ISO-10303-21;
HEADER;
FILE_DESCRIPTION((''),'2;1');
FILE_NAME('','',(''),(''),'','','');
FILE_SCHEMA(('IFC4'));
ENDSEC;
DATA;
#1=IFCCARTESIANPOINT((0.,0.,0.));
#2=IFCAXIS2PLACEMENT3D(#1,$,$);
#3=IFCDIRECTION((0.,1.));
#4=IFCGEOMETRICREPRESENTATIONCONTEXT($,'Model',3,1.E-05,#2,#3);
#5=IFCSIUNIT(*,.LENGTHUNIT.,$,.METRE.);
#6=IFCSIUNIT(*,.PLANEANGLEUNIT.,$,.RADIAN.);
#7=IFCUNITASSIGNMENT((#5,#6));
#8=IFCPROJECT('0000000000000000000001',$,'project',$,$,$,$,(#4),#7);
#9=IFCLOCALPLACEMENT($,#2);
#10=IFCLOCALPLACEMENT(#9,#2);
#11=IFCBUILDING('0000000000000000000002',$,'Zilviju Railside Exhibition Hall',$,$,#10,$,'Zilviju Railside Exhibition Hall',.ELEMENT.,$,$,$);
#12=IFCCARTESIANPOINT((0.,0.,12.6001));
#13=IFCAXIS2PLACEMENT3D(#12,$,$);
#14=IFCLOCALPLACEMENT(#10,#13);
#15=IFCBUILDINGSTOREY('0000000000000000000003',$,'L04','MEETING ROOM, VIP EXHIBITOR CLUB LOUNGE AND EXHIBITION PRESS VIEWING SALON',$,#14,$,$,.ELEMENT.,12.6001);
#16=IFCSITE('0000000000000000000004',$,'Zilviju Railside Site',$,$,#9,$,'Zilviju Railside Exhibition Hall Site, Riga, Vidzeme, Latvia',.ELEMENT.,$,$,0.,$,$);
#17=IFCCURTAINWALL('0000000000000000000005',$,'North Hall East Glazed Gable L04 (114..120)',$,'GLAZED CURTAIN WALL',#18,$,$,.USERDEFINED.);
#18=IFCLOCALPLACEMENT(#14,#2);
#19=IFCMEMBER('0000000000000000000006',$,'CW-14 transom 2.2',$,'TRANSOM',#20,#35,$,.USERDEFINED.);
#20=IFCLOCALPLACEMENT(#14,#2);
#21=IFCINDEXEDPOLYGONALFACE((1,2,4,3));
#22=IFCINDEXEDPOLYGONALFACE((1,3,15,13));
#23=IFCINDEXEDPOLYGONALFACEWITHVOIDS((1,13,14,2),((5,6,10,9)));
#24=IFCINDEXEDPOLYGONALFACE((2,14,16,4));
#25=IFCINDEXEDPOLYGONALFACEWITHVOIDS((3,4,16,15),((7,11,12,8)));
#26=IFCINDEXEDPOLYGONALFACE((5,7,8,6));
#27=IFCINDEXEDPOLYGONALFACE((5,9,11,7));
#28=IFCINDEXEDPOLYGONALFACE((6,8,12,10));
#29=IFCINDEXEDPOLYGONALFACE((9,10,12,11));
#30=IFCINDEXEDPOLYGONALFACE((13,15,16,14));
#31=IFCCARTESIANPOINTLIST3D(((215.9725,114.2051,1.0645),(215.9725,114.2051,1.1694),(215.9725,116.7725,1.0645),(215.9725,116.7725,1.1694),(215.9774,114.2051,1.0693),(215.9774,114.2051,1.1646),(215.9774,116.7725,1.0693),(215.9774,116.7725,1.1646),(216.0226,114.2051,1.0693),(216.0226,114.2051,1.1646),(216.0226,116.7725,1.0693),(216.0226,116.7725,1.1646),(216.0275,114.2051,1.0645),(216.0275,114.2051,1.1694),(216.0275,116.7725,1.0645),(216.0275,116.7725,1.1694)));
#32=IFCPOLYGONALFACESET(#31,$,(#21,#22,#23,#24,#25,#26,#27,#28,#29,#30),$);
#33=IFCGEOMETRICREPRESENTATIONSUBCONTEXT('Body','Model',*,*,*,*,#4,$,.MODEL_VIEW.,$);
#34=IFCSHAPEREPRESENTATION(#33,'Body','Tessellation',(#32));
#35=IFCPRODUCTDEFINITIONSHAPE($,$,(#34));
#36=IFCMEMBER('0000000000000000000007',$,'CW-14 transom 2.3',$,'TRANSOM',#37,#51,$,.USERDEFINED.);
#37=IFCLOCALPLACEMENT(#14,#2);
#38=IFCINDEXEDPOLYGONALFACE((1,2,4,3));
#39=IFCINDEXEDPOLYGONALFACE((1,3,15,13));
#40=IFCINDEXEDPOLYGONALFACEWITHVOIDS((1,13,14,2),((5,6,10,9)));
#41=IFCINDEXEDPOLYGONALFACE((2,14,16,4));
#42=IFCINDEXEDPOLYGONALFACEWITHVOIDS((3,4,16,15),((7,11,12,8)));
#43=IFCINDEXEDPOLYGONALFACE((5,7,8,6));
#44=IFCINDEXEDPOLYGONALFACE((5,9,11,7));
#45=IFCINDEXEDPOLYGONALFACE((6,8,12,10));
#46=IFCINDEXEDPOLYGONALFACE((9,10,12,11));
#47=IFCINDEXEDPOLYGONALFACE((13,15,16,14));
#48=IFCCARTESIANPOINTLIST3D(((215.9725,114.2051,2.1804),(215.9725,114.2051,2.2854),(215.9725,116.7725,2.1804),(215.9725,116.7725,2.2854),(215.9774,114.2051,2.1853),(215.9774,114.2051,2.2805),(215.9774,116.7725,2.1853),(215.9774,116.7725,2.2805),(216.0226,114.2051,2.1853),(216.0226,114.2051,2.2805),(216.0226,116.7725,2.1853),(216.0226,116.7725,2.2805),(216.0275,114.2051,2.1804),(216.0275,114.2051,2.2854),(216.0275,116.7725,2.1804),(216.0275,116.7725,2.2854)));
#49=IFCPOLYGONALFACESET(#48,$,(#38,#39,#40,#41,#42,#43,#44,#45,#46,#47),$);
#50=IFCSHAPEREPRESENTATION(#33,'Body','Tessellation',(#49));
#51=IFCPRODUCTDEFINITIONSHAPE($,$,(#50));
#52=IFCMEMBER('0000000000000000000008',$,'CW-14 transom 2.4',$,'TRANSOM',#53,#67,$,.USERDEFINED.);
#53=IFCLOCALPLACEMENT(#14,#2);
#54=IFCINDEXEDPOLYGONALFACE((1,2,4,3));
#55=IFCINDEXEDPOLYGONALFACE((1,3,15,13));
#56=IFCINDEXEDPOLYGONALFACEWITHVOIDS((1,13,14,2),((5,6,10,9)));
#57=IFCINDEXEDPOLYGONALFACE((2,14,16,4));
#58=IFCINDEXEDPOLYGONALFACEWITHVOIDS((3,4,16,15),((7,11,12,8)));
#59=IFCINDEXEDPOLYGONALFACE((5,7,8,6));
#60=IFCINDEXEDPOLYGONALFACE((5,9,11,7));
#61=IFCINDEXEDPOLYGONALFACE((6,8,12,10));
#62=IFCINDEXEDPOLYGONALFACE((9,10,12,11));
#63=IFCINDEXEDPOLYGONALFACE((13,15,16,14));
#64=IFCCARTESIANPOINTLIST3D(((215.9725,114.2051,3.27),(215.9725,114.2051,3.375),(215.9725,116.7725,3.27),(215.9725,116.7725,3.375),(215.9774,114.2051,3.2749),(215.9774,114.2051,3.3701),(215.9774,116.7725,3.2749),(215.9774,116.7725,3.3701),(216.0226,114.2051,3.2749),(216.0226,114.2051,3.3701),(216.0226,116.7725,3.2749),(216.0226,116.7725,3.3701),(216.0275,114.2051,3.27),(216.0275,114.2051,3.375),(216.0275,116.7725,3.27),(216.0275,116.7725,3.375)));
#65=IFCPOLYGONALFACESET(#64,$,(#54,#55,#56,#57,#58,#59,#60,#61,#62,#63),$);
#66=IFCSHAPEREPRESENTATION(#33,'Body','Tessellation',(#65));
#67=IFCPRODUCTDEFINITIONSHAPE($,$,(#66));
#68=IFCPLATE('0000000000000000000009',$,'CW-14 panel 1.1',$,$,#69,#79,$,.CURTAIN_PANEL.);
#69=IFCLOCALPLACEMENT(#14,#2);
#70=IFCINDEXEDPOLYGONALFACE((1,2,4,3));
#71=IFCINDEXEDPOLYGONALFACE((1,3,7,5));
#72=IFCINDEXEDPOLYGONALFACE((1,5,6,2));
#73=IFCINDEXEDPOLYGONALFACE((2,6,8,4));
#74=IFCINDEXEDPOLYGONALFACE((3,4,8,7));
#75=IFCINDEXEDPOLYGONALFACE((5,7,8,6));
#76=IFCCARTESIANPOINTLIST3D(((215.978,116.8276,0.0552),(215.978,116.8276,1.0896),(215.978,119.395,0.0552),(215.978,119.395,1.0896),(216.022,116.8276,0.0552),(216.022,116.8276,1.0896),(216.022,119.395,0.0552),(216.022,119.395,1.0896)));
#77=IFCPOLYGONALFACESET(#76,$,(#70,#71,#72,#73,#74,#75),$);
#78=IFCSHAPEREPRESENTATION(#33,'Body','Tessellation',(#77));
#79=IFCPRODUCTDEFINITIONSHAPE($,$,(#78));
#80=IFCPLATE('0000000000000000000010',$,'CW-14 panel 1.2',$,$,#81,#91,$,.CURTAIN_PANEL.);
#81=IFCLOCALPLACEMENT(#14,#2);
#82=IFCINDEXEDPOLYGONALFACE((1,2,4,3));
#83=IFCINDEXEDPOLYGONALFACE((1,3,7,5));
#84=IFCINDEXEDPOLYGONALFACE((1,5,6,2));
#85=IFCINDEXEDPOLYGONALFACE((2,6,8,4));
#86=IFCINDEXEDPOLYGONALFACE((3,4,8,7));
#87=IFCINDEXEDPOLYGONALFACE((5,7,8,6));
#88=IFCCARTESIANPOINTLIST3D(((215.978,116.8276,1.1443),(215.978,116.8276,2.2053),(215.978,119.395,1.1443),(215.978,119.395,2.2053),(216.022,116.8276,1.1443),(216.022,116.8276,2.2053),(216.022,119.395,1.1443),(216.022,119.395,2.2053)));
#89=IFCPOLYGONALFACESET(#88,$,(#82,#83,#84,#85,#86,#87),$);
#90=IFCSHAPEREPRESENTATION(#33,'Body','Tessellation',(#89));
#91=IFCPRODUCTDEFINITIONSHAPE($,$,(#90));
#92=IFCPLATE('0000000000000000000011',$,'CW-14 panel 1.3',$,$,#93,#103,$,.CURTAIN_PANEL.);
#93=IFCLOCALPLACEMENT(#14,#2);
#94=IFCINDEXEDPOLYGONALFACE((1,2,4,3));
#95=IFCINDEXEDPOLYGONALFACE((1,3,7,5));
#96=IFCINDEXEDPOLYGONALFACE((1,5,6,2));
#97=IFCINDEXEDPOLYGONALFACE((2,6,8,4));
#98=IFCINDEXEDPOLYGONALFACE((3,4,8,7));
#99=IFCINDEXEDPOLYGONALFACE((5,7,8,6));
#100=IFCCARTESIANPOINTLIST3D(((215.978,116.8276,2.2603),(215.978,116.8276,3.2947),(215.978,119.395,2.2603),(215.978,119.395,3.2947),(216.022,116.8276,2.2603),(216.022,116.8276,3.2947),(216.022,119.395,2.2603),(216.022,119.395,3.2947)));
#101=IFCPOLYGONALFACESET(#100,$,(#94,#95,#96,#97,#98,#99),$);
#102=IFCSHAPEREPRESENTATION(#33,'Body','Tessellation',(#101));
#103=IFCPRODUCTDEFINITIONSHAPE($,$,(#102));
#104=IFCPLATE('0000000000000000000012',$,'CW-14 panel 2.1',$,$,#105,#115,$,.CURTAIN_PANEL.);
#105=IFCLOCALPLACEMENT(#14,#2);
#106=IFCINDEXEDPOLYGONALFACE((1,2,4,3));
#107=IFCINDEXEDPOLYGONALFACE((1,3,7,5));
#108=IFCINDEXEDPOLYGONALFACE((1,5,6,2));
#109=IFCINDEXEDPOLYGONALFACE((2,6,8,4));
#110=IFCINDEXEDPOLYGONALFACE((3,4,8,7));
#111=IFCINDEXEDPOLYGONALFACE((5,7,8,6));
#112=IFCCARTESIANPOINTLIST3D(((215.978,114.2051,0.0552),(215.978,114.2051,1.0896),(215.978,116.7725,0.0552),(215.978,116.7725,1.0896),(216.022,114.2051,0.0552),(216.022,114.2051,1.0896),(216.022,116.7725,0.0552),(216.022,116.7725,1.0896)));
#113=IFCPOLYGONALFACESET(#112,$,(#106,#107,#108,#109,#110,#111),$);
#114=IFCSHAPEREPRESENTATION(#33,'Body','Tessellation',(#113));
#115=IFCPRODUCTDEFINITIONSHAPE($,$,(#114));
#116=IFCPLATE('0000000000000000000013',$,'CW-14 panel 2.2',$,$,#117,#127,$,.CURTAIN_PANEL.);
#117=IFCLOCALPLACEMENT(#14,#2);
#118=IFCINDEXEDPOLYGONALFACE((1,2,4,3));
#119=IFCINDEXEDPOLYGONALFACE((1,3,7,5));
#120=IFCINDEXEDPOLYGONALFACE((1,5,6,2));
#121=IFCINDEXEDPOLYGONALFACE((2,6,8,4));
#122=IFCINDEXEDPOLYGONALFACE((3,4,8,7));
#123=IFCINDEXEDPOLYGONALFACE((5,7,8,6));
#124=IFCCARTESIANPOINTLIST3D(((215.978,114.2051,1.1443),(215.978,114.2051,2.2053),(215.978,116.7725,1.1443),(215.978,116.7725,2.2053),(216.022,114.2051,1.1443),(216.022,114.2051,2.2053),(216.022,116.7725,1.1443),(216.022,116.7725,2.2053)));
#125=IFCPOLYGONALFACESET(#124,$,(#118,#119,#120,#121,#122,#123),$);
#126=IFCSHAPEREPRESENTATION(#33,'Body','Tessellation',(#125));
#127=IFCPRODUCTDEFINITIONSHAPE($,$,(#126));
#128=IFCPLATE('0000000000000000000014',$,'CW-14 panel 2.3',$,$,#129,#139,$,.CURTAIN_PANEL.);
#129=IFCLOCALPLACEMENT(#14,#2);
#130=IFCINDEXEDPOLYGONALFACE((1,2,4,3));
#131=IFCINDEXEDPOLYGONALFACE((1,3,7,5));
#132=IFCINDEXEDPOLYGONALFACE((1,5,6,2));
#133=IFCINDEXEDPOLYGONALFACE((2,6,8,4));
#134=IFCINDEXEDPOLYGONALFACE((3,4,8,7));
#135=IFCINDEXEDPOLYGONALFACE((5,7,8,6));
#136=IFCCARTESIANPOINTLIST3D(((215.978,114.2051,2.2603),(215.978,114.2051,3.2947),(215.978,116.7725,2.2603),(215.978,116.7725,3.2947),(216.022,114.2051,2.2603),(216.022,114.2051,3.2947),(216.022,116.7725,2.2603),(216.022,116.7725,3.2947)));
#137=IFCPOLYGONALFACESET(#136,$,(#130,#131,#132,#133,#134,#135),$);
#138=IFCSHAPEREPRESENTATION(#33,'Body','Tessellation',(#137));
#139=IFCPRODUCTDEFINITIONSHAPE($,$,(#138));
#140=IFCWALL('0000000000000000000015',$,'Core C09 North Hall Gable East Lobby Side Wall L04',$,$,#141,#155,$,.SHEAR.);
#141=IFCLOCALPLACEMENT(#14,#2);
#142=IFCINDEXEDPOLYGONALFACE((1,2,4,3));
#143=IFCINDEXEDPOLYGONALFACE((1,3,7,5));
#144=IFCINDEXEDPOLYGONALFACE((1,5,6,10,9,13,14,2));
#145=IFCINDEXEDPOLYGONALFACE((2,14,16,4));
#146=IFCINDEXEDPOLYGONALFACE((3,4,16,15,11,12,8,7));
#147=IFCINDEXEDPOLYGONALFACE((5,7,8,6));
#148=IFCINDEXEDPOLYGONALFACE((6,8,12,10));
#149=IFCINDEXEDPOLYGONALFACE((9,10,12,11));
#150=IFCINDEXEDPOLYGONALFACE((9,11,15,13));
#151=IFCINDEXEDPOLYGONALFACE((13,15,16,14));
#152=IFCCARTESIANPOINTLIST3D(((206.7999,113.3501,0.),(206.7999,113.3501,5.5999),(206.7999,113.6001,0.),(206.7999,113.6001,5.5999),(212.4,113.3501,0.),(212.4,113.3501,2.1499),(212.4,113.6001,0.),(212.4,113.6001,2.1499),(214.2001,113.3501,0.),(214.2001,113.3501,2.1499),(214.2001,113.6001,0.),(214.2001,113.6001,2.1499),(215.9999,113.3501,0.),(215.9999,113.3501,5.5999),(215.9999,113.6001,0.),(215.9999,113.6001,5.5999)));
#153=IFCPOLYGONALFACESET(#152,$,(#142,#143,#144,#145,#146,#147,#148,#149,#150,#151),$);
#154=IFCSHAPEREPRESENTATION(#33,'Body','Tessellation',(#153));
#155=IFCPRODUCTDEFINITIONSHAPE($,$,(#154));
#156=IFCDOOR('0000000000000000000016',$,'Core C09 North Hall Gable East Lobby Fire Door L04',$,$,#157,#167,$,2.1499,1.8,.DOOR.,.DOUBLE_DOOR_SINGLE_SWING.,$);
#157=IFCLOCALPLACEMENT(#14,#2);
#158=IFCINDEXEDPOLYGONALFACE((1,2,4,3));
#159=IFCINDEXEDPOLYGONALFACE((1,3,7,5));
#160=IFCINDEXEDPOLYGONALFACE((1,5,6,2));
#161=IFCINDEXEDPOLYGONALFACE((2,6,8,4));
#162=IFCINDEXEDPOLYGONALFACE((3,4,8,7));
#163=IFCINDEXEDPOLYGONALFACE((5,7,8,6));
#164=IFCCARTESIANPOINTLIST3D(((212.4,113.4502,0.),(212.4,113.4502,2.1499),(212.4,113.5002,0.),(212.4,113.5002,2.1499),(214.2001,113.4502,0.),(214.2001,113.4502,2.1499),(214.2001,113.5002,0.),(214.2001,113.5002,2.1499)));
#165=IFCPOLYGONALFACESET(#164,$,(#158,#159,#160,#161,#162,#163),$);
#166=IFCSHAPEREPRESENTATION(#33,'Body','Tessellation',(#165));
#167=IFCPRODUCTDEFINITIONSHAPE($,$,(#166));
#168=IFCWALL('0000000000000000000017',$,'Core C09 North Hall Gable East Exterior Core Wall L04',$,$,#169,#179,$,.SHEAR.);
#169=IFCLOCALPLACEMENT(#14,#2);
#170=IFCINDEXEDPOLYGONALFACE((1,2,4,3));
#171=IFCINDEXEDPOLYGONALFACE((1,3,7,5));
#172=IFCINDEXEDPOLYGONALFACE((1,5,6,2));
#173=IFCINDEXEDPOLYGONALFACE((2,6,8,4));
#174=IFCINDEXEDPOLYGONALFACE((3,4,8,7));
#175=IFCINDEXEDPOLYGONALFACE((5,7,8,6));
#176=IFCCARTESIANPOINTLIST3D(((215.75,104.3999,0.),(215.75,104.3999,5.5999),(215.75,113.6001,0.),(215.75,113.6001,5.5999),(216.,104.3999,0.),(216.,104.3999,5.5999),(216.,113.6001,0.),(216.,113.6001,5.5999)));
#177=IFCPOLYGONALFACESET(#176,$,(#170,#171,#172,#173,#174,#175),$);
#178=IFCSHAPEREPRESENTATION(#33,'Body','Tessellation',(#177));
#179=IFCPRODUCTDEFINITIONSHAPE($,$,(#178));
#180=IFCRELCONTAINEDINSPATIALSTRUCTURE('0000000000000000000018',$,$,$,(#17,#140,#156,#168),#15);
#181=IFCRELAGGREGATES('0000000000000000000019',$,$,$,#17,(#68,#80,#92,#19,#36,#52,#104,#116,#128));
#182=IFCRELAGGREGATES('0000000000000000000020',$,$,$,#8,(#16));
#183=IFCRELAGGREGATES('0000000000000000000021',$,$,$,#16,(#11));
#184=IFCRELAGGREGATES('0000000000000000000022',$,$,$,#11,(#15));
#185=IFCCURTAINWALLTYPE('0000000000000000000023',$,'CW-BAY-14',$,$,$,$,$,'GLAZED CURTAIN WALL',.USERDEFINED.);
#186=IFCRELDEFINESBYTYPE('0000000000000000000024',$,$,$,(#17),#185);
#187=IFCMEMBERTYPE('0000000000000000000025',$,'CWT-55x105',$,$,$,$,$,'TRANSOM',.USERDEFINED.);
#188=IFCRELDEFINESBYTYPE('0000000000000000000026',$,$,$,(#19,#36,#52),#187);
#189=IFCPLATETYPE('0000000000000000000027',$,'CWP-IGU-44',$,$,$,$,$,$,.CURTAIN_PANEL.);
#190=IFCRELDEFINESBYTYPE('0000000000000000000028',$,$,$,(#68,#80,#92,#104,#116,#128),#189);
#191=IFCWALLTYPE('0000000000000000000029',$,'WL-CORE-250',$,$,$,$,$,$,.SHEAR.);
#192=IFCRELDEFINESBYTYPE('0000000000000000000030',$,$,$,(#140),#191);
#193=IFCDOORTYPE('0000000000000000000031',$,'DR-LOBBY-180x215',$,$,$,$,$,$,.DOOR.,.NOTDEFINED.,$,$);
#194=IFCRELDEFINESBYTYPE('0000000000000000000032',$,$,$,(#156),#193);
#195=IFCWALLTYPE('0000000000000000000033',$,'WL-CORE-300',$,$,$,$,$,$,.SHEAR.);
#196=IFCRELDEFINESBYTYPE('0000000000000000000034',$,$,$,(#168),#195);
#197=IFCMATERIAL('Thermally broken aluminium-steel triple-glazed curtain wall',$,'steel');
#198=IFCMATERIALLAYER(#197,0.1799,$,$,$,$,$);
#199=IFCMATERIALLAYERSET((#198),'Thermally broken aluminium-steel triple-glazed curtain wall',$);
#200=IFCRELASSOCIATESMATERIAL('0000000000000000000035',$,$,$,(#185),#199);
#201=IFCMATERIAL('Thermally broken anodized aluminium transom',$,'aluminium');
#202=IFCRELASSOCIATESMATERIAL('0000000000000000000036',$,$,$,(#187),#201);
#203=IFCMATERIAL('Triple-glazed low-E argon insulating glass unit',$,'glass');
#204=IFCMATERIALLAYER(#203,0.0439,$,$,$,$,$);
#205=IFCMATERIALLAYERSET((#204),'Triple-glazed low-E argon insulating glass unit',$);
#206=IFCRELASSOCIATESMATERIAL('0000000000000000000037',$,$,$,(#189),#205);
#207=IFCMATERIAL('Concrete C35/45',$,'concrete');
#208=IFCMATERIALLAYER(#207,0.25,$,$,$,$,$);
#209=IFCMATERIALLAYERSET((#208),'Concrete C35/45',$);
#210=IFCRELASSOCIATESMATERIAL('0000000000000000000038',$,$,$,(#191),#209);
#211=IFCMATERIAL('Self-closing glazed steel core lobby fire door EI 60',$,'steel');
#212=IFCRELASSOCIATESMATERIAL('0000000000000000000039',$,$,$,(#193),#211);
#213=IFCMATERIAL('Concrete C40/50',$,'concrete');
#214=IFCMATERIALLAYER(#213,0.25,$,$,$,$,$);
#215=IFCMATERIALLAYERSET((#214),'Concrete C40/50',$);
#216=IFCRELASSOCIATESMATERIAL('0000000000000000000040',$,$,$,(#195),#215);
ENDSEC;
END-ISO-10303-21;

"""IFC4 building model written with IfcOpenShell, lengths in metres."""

from ifc_helpers import new_model, si_unit, direction, frame, frame_2d, origin, origin_2d, place, context, subcontext, project, spatial, rectangle, hollow_rectangle, extrude, material, layer, layer_set, material_profile, profile_set, type_object, element, fill, aggregate, save


model = new_model("IFC4")

# Units and contexts
model_context = context("Model", 3, precision=1e-05, world=origin(), true_north=direction((0.0, 1.0)))
body_context = subcontext(model_context, "Body", "Model", "MODEL_VIEW")
ifc_project = project(units=[si_unit("LENGTHUNIT", "METRE"), si_unit("PLANEANGLEUNIT", "RADIAN")], contexts=[model_context])

# Site, building, storey
site_placement = place(None, origin())
site = spatial("IfcSite", under=ifc_project, at=site_placement, Name="Zilviju Railside Site", LongName="Zilviju Railside Exhibition Hall Site, Riga, Vidzeme, Latvia", CompositionType="ELEMENT", RefElevation=0.0)
building_placement = place(site_placement, origin())
building = spatial("IfcBuilding", under=site, at=building_placement, Name="Zilviju Railside Exhibition Hall", LongName="Zilviju Railside Exhibition Hall", CompositionType="ELEMENT")
storey_placement = place(building_placement, frame((0.0, 0.0, 12.6001)))
storey = spatial("IfcBuildingStorey", under=building, at=storey_placement, Name="L04", Description="MEETING ROOM, VIP EXHIBITOR CLUB LOUNGE AND EXHIBITION PRESS VIEWING SALON", CompositionType="ELEMENT", Elevation=12.6001)

# Curtain wall, members, plates
ifc_material_1 = material(Name="Thermally broken aluminium-steel triple-glazed curtain wall", Category="steel")
ifc_layer_1 = layer(ifc_material_1, 0.1799)
ifc_layer_set_1 = layer_set([ifc_layer_1], Name="Thermally broken aluminium-steel triple-glazed curtain wall")
curtain_wall_type = type_object("IfcCurtainWallType", Name="CW-BAY-14", ElementType="GLAZED CURTAIN WALL", PredefinedType="USERDEFINED", material=ifc_layer_set_1)
curtain_wall_placement = place(storey_placement, origin())
curtain_wall = element("IfcCurtainWall", 1, at=curtain_wall_placement, inside=storey, type_object=curtain_wall_type, Name="North Hall East Glazed Gable L04 (114..120)", ObjectType="GLAZED CURTAIN WALL", PredefinedType="USERDEFINED")
ifc_material_2 = material(Name="Thermally broken anodized aluminium transom", Category="aluminium")
ifc_material_profile_1 = material_profile(ifc_material_2, hollow_rectangle(XDim=0.0549, YDim=0.105, WallThickness=0.0049, at=origin_2d()), Name="TRANSOM 105x55x5")
ifc_profile_set_1 = profile_set([ifc_material_profile_1], Name="Thermally broken anodized aluminium transom")
member_type_1 = type_object("IfcMemberType", Name="CWT-55x105", ElementType="TRANSOM", PredefinedType="USERDEFINED", material=ifc_profile_set_1)
member_1_placement = place(storey_placement, frame((216.0, 116.7725, 1.1169), z_axis=(0.0, -1.0, 0.0), x_axis=(1.0, 0.0, 0.0)))
member_1 = element("IfcMember", 2, at=member_1_placement, type_object=member_type_1, Name="CW-14 transom 2.2", ObjectType="TRANSOM", PredefinedType="USERDEFINED", context=body_context, shape_type="SweptSolid", body=[
    extrude(hollow_rectangle(XDim=0.0549, YDim=0.105, WallThickness=0.0049, at=origin_2d()), origin(), (0.0, 0.0, 1.0), 2.5674),
])
member_2_placement = place(storey_placement, frame((216.0, 116.7725, 2.2329), z_axis=(0.0, -1.0, 0.0), x_axis=(1.0, 0.0, 0.0)))
member_2 = element("IfcMember", 3, at=member_2_placement, type_object=member_type_1, Name="CW-14 transom 2.3", ObjectType="TRANSOM", PredefinedType="USERDEFINED", context=body_context, shape_type="SweptSolid", body=[
    extrude(hollow_rectangle(XDim=0.0549, YDim=0.105, WallThickness=0.0049, at=origin_2d()), origin(), (0.0, 0.0, 1.0), 2.5674),
])
member_3_placement = place(storey_placement, frame((216.0, 116.7725, 3.3225), z_axis=(0.0, -1.0, 0.0), x_axis=(1.0, 0.0, 0.0)))
member_3 = element("IfcMember", 4, at=member_3_placement, type_object=member_type_1, Name="CW-14 transom 2.4", ObjectType="TRANSOM", PredefinedType="USERDEFINED", context=body_context, shape_type="SweptSolid", body=[
    extrude(hollow_rectangle(XDim=0.0549, YDim=0.105, WallThickness=0.0049, at=origin_2d()), origin(), (0.0, 0.0, 1.0), 2.5674),
])
ifc_material_3 = material(Name="Triple-glazed low-E argon insulating glass unit", Category="glass")
ifc_layer_2 = layer(ifc_material_3, 0.0439)
ifc_layer_set_2 = layer_set([ifc_layer_2], Name="Triple-glazed low-E argon insulating glass unit")
plate_type = type_object("IfcPlateType", Name="CWP-IGU-44", PredefinedType="CURTAIN_PANEL", material=ifc_layer_set_2)
plate_1_placement = place(storey_placement, frame((216.0, 118.1113, 0.0552), z_axis=(0.0, 0.0, 1.0), x_axis=(0.0, -1.0, 0.0)))
plate_1 = element("IfcPlate", 5, at=plate_1_placement, type_object=plate_type, Name="CW-14 panel 1.1", PredefinedType="CURTAIN_PANEL", context=body_context, shape_type="SweptSolid", body=[
    extrude(rectangle(XDim=2.5674, YDim=0.0439, at=origin_2d()), origin(), (0.0, 0.0, 1.0), 1.0344),
])
plate_2_placement = place(storey_placement, frame((216.0, 118.1113, 1.1443), z_axis=(0.0, 0.0, 1.0), x_axis=(0.0, -1.0, 0.0)))
plate_2 = element("IfcPlate", 6, at=plate_2_placement, type_object=plate_type, Name="CW-14 panel 1.2", PredefinedType="CURTAIN_PANEL", context=body_context, shape_type="SweptSolid", body=[
    extrude(rectangle(XDim=2.5674, YDim=0.0439, at=origin_2d()), origin(), (0.0, 0.0, 1.0), 1.061),
])
plate_3_placement = place(storey_placement, frame((216.0, 118.1113, 2.2603), z_axis=(0.0, 0.0, 1.0), x_axis=(0.0, -1.0, 0.0)))
plate_3 = element("IfcPlate", 7, at=plate_3_placement, type_object=plate_type, Name="CW-14 panel 1.3", PredefinedType="CURTAIN_PANEL", context=body_context, shape_type="SweptSolid", body=[
    extrude(rectangle(XDim=2.5674, YDim=0.0439, at=origin_2d()), origin(), (0.0, 0.0, 1.0), 1.0344),
])
plate_4_placement = place(storey_placement, frame((216.0, 115.4888, 0.0552), z_axis=(0.0, 0.0, 1.0), x_axis=(0.0, -1.0, 0.0)))
plate_4 = element("IfcPlate", 8, at=plate_4_placement, type_object=plate_type, Name="CW-14 panel 2.1", PredefinedType="CURTAIN_PANEL", context=body_context, shape_type="SweptSolid", body=[
    extrude(rectangle(XDim=2.5674, YDim=0.0439, at=origin_2d()), origin(), (0.0, 0.0, 1.0), 1.0344),
])
plate_5_placement = place(storey_placement, frame((216.0, 115.4888, 1.1443), z_axis=(0.0, 0.0, 1.0), x_axis=(0.0, -1.0, 0.0)))
plate_5 = element("IfcPlate", 9, at=plate_5_placement, type_object=plate_type, Name="CW-14 panel 2.2", PredefinedType="CURTAIN_PANEL", context=body_context, shape_type="SweptSolid", body=[
    extrude(rectangle(XDim=2.5674, YDim=0.0439, at=origin_2d()), origin(), (0.0, 0.0, 1.0), 1.061),
])
plate_6_placement = place(storey_placement, frame((216.0, 115.4888, 2.2603), z_axis=(0.0, 0.0, 1.0), x_axis=(0.0, -1.0, 0.0)))
plate_6 = element("IfcPlate", 10, at=plate_6_placement, type_object=plate_type, Name="CW-14 panel 2.3", PredefinedType="CURTAIN_PANEL", context=body_context, shape_type="SweptSolid", body=[
    extrude(rectangle(XDim=2.5674, YDim=0.0439, at=origin_2d()), origin(), (0.0, 0.0, 1.0), 1.0344),
])
aggregate(curtain_wall, [plate_1, plate_2, plate_3, member_1, member_2, member_3, plate_4, plate_5, plate_6])

# Wall, opening, door
ifc_material_4 = material(Name="Concrete C35/45", Category="concrete")
ifc_layer_3 = layer(ifc_material_4, 0.25)
ifc_layer_set_3 = layer_set([ifc_layer_3], Name="Concrete C35/45")
wall_type_1 = type_object("IfcWallType", Name="WL-CORE-250", PredefinedType="SHEAR", material=ifc_layer_set_3)
wall_1_placement = place(storey_placement, frame((216.0, 113.4751, 0.0), z_axis=(0.0, 0.0, 1.0), x_axis=(-1.0, 0.0, 0.0)))
wall_1 = element("IfcWall", 11, at=wall_1_placement, inside=storey, type_object=wall_type_1, Name="Core C09 North Hall Gable East Lobby Side Wall L04", PredefinedType="SHEAR", context=body_context, shape_type="SweptSolid", body=[
    extrude(rectangle(XDim=9.2, YDim=0.25, at=frame_2d((4.6001, 0.0))), origin(), (0.0, 0.0, 1.0), 5.5999),
])
opening_placement = place(wall_1_placement, frame((1.8, 0.0, 0.0)))
opening = element("IfcOpeningElement", 12, at=opening_placement, cuts=wall_1, PredefinedType="OPENING", context=body_context, shape_type="SweptSolid", body=[
    extrude(rectangle(XDim=1.8, YDim=2.1499, at=frame_2d((0.8999, 1.075))), frame((0.0, 0.135, 0.0), z_axis=(0.0, -1.0, 0.0), x_axis=(1.0, 0.0, 0.0)), (0.0, 0.0, 1.0), 0.27),
])
ifc_material_5 = material(Name="Self-closing glazed steel core lobby fire door EI 60", Category="steel")
door_type = type_object("IfcDoorType", Name="DR-LOBBY-180x215", OperationType="NOTDEFINED", PredefinedType="DOOR", material=ifc_material_5)
door_placement = place(opening_placement, origin())
door = element("IfcDoor", 13, at=door_placement, inside=storey, type_object=door_type, Name="Core C09 North Hall Gable East Lobby Fire Door L04", OperationType="DOUBLE_DOOR_SINGLE_SWING", OverallHeight=2.1499, OverallWidth=1.8, PredefinedType="DOOR", context=body_context, shape_type="SweptSolid", body=[
    extrude(rectangle(XDim=1.8, YDim=2.1499, at=frame_2d((0.8999, 1.075))), frame((0.0, 0.0249, 0.0), z_axis=(0.0, -1.0, 0.0), x_axis=(1.0, 0.0, 0.0)), (0.0, 0.0, 1.0), 0.05),
])
fill(opening, door)

# Wall
ifc_material_6 = material(Name="Concrete C40/50", Category="concrete")
ifc_layer_4 = layer(ifc_material_6, 0.25)
ifc_layer_set_4 = layer_set([ifc_layer_4], Name="Concrete C40/50")
wall_type_2 = type_object("IfcWallType", Name="WL-CORE-300", PredefinedType="SHEAR", material=ifc_layer_set_4)
wall_2_placement = place(storey_placement, frame((215.875, 113.6001, 0.0), z_axis=(0.0, 0.0, 1.0), x_axis=(0.0, -1.0, 0.0)))
element("IfcWall", 14, at=wall_2_placement, inside=storey, type_object=wall_type_2, Name="Core C09 North Hall Gable East Exterior Core Wall L04", PredefinedType="SHEAR", context=body_context, shape_type="SweptSolid", body=[
    extrude(rectangle(XDim=9.2002, YDim=0.25, at=frame_2d((4.6001, 0.0))), origin(), (0.0, 0.0, 1.0), 5.5999),
])

save(model, "model.ifc")
